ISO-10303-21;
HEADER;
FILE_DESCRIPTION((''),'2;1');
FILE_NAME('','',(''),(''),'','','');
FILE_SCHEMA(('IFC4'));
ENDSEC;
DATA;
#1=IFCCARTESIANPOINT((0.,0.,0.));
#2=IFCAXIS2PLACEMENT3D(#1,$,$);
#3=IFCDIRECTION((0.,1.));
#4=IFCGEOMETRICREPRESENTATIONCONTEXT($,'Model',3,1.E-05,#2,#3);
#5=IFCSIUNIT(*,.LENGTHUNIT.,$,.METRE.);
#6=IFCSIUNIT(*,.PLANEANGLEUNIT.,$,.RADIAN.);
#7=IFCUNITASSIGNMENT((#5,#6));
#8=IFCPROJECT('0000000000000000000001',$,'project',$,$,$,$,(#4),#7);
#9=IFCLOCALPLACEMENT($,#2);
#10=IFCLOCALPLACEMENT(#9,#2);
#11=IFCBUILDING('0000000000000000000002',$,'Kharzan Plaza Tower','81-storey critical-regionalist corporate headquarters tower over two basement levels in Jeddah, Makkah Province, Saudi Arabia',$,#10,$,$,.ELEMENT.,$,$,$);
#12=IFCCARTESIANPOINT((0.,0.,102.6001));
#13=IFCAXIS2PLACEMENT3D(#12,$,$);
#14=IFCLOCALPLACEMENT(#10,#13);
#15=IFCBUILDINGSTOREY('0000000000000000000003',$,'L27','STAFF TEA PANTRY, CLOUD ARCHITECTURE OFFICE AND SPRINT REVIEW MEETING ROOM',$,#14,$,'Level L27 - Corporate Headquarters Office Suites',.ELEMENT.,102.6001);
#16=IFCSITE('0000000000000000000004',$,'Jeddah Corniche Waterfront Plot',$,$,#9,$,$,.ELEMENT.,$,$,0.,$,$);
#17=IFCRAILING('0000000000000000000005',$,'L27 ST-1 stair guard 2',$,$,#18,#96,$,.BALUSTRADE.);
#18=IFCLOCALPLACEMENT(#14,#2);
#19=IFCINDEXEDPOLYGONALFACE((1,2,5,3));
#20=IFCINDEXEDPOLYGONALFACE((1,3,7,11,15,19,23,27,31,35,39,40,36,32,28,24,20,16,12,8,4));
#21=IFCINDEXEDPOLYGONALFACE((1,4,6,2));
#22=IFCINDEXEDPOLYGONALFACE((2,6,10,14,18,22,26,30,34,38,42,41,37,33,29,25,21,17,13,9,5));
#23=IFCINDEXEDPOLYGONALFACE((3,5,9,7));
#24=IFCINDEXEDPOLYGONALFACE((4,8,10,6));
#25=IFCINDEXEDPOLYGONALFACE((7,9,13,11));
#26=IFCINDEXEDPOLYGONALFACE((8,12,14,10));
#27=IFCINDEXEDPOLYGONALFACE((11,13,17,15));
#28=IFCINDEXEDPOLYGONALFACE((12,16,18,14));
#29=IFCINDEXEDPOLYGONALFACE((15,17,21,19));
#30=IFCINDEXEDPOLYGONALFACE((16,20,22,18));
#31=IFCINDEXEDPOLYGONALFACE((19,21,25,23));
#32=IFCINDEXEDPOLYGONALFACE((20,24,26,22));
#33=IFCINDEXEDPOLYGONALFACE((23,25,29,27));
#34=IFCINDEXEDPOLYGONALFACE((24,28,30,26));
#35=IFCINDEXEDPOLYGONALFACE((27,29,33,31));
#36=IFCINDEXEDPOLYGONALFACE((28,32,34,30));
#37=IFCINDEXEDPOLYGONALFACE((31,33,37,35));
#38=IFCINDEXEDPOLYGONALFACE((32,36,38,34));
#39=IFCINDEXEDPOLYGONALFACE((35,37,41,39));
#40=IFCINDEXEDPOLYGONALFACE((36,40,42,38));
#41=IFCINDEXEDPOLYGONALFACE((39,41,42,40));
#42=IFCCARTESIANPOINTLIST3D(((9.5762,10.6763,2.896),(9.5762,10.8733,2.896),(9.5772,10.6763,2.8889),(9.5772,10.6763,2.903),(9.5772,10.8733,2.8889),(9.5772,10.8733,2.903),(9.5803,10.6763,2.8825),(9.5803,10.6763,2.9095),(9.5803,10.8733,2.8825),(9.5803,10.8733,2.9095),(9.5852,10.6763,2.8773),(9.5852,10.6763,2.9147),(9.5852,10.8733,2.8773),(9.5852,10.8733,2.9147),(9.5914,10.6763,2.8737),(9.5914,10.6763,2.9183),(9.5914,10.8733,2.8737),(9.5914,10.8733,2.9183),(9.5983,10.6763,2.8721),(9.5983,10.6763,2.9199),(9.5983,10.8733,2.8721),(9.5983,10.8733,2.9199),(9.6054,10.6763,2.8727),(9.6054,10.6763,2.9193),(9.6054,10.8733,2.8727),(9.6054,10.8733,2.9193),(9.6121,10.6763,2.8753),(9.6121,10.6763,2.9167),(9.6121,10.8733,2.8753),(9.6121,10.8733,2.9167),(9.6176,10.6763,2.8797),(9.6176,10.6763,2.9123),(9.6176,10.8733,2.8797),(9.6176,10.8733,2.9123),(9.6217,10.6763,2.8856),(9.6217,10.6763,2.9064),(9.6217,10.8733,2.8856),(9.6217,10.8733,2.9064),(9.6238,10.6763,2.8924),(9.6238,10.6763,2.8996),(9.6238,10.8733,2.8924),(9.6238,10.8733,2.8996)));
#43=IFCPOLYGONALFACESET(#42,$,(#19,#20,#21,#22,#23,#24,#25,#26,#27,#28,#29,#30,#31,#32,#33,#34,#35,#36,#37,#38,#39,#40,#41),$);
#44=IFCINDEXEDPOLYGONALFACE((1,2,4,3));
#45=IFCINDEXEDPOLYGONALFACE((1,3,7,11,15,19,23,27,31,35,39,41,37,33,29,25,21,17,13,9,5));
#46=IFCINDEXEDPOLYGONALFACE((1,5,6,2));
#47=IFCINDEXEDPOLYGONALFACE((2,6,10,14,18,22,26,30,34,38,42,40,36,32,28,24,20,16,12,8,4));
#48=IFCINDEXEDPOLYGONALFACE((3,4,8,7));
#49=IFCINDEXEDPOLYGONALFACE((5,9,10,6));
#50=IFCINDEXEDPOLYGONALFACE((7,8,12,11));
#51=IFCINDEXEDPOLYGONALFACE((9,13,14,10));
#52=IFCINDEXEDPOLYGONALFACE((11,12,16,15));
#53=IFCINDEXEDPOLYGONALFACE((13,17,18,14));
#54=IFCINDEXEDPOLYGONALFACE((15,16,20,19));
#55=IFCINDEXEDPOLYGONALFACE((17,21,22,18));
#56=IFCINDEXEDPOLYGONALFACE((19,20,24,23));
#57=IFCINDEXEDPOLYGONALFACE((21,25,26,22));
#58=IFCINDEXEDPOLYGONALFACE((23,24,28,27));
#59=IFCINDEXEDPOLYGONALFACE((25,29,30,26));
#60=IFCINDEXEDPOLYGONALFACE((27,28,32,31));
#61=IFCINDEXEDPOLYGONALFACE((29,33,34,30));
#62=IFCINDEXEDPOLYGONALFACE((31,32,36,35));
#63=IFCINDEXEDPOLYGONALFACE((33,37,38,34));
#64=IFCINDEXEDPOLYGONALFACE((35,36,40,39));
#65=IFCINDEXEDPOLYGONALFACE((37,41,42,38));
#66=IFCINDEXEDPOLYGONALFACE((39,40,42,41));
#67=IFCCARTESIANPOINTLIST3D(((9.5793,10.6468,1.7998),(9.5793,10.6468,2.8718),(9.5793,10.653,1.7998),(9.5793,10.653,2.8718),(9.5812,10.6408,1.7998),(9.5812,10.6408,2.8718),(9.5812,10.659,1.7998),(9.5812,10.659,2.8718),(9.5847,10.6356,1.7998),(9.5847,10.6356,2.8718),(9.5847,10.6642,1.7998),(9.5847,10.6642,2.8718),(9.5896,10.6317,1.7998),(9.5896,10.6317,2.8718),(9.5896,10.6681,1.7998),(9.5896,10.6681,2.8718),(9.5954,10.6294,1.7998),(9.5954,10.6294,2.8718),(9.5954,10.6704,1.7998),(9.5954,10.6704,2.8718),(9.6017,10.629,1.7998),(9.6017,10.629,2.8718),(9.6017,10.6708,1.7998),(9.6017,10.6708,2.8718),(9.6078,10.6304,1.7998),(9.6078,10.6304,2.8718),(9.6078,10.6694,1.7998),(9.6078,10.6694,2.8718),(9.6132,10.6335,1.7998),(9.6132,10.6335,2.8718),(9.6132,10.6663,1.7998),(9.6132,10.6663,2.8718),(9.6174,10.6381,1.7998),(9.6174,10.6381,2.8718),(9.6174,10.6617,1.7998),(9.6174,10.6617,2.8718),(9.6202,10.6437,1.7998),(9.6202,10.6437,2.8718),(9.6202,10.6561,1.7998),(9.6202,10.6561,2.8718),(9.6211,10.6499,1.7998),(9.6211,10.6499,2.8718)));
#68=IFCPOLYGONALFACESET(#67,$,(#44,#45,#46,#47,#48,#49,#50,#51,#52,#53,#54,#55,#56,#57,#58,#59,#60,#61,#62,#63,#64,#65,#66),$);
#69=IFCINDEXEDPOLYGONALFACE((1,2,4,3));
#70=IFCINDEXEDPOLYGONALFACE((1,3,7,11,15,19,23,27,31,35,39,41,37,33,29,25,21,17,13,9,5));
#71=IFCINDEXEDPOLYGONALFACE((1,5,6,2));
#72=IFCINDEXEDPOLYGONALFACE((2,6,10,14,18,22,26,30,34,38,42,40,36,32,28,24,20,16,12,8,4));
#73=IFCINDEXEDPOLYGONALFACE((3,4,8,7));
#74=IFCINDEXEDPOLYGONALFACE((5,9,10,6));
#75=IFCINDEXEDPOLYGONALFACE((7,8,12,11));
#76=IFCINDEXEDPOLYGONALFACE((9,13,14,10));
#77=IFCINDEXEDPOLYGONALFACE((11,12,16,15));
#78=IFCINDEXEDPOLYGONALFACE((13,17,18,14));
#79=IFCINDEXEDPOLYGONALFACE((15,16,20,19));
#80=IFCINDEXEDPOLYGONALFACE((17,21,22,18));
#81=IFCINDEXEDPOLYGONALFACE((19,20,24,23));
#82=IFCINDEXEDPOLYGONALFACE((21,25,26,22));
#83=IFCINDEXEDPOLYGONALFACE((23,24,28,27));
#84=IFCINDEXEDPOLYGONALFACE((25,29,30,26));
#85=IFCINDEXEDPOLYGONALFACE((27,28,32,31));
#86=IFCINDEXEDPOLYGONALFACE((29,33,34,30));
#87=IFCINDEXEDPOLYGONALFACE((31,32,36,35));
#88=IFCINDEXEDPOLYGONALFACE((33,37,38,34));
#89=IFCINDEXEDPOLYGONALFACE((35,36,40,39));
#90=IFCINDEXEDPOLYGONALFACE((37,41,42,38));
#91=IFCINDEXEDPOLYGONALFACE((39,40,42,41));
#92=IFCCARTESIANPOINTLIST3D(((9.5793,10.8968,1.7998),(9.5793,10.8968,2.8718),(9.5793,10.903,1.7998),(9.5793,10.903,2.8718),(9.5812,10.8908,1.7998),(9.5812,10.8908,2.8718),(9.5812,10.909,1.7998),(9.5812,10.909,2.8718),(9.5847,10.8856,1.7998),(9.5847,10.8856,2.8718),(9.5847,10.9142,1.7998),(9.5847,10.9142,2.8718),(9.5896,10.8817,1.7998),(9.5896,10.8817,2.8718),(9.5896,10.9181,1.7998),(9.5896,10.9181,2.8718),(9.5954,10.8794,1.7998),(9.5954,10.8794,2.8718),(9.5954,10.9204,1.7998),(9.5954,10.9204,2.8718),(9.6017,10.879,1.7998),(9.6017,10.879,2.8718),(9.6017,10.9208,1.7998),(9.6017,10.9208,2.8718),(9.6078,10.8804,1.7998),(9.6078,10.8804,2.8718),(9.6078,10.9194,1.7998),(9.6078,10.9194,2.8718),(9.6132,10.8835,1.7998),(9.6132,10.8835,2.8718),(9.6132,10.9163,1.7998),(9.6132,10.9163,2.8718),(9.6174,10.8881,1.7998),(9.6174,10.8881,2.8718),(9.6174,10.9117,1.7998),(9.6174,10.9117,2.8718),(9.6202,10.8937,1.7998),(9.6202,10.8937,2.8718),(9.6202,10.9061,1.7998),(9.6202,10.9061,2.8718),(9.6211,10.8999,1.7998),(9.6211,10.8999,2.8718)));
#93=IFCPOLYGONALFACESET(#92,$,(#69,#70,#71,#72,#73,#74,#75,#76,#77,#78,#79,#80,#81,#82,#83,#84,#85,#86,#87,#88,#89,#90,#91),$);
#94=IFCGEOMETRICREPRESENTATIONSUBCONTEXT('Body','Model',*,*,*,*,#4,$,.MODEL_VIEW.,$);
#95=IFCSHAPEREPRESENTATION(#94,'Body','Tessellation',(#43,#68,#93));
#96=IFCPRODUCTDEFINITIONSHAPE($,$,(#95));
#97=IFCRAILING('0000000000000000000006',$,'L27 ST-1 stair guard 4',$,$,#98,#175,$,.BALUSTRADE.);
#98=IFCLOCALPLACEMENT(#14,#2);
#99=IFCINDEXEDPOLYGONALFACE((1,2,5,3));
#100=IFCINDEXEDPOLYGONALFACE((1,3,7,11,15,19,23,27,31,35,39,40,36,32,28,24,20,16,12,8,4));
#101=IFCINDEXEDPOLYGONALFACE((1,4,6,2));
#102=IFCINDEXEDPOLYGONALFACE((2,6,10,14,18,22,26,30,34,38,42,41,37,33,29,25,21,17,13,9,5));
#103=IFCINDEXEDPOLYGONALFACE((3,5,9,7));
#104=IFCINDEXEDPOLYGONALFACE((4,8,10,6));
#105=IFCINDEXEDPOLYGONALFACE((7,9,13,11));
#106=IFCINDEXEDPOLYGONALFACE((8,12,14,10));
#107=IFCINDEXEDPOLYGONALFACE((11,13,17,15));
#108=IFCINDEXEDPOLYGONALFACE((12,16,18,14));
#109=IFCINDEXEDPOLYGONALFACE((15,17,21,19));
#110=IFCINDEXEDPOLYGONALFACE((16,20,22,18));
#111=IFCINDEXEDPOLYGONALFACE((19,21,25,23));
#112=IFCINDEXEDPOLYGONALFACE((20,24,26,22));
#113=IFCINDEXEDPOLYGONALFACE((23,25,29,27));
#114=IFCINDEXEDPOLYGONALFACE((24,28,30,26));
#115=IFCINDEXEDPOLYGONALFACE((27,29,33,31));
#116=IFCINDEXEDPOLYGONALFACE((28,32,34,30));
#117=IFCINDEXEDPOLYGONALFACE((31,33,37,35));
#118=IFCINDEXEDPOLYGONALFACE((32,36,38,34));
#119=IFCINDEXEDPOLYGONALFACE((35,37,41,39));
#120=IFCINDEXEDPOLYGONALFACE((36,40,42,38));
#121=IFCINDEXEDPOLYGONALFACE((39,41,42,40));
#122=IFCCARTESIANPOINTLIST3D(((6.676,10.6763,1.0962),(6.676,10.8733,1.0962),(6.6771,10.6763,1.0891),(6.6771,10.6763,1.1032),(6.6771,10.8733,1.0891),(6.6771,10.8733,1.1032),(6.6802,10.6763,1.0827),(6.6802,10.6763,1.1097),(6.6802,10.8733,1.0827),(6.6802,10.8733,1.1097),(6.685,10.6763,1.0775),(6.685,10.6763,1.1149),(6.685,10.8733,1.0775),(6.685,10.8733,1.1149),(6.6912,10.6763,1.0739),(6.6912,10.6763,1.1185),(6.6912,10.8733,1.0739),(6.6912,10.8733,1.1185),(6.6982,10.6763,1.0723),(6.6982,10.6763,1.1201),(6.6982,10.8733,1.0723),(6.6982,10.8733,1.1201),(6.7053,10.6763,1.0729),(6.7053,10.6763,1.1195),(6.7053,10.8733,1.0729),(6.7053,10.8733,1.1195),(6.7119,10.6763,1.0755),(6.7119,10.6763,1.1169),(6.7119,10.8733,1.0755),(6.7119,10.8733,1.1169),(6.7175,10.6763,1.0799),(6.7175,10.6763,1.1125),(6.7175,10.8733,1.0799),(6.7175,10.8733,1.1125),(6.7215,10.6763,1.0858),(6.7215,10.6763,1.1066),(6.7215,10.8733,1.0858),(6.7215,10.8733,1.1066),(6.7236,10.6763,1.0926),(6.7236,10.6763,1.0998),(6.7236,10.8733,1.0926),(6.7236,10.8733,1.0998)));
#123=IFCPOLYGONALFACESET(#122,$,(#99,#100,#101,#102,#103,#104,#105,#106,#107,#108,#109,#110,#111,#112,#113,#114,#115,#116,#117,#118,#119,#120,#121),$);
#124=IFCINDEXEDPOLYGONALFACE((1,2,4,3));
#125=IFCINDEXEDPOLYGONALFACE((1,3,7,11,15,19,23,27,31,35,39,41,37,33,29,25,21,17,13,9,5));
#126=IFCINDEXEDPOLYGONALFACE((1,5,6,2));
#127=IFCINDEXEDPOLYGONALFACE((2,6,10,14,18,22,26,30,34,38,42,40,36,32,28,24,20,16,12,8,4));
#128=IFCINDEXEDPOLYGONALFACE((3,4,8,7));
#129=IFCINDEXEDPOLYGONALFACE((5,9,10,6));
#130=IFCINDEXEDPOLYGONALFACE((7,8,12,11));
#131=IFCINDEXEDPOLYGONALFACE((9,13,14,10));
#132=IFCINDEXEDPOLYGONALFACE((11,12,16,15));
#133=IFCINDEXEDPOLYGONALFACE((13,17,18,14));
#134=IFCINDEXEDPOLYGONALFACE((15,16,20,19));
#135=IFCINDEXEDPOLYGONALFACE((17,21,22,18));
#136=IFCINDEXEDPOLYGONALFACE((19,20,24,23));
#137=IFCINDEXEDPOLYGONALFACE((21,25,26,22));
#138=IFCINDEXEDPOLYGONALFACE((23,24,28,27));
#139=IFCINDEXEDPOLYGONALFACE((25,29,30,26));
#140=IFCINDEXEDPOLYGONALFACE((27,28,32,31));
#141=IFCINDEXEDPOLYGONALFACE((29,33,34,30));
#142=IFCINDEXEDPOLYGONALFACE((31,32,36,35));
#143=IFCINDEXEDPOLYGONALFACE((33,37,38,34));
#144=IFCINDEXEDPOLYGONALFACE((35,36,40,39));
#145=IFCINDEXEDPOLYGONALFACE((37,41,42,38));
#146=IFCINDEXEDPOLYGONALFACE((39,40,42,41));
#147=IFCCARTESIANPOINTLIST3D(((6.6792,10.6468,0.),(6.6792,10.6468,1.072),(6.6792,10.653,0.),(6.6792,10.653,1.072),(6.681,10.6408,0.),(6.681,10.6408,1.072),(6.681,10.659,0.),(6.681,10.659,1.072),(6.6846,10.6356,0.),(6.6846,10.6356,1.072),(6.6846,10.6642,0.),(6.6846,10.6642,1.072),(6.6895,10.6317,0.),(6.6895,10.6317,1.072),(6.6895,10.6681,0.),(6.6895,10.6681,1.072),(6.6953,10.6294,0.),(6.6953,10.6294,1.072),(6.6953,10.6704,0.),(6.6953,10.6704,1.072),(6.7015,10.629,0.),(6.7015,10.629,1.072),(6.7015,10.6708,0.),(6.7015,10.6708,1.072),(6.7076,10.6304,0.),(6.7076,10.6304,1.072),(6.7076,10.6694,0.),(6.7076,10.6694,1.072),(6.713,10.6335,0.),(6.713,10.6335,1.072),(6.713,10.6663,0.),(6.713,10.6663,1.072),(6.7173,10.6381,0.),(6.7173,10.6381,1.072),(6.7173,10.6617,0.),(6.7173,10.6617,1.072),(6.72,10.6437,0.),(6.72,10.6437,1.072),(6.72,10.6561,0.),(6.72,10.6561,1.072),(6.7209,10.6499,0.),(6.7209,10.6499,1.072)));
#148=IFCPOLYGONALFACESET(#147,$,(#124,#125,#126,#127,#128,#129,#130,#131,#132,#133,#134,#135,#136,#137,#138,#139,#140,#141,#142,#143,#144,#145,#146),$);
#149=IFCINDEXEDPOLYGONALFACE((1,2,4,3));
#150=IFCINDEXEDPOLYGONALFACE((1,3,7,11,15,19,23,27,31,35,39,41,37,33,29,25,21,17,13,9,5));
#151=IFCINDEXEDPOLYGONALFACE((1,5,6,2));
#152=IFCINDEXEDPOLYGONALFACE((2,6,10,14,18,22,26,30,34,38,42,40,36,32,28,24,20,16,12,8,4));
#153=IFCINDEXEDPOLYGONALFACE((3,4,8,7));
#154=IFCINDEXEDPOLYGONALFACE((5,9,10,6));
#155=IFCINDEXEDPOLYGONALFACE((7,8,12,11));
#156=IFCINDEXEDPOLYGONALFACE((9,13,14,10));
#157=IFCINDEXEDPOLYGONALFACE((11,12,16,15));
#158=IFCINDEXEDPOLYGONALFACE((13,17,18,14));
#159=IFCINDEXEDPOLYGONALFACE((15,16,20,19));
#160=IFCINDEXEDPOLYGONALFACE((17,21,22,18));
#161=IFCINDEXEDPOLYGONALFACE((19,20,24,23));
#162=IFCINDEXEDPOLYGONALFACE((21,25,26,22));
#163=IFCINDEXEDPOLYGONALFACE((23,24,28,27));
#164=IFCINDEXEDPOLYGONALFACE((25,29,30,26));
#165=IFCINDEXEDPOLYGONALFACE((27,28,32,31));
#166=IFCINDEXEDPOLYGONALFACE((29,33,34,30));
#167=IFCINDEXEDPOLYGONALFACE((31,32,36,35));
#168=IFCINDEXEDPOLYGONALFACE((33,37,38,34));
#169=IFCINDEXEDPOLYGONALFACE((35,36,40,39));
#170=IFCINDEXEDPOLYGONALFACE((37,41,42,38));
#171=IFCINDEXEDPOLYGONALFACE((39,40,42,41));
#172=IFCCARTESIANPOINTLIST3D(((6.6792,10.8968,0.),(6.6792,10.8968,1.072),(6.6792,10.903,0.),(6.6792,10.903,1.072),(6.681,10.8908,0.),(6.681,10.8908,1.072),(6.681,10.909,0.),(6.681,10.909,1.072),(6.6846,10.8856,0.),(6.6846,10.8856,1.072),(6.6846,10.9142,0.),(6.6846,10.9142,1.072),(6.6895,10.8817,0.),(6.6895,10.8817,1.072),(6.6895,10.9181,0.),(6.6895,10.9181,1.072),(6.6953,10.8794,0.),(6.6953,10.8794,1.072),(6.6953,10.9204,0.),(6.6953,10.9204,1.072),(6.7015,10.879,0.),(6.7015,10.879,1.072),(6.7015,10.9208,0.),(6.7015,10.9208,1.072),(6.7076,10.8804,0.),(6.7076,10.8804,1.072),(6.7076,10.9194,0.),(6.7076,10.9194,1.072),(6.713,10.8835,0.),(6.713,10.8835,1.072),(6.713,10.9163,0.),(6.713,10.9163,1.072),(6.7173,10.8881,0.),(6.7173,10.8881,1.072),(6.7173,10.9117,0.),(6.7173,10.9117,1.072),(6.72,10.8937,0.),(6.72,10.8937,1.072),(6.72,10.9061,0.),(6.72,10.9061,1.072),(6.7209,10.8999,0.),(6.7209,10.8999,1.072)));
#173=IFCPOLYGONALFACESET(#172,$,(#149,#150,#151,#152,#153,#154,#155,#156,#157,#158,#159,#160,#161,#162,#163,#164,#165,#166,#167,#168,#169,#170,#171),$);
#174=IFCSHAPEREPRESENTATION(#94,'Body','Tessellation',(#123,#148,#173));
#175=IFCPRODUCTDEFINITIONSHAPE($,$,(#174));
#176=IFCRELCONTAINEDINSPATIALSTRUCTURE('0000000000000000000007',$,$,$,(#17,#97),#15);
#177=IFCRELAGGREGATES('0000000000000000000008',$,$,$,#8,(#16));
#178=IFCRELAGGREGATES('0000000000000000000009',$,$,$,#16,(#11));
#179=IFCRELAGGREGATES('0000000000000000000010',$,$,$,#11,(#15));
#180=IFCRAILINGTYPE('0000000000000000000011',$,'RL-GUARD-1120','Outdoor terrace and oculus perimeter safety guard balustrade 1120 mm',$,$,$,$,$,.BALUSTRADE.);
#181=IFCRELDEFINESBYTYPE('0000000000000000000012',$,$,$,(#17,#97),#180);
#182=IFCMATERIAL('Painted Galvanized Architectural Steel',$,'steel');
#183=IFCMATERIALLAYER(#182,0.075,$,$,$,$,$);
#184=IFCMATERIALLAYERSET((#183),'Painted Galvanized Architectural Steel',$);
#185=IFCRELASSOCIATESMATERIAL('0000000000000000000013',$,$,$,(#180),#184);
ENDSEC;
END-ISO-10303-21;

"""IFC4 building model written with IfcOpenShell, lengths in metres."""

from ifc_helpers import new_model, si_unit, direction, frame, origin, origin_2d, place, context, subcontext, project, spatial, circle, extrude, source, transform, mapped, material, layer, layer_set, type_object, element, save


model = new_model("IFC4")

# Units and contexts
model_context = context("Model", 3, precision=1e-05, world=origin(), true_north=direction((0.0, 1.0)))
body_context = subcontext(model_context, "Body", "Model", "MODEL_VIEW")
ifc_project = project(units=[si_unit("LENGTHUNIT", "METRE"), si_unit("PLANEANGLEUNIT", "RADIAN")], contexts=[model_context])

# Site, building, storey
site_placement = place(None, origin())
site = spatial("IfcSite", under=ifc_project, at=site_placement, Name="Jeddah Corniche Waterfront Plot", CompositionType="ELEMENT", RefElevation=0.0)
building_placement = place(site_placement, origin())
building = spatial("IfcBuilding", under=site, at=building_placement, Name="Kharzan Plaza Tower", Description="81-storey critical-regionalist corporate headquarters tower over two basement levels in Jeddah, Makkah Province, Saudi Arabia", CompositionType="ELEMENT")
storey_placement = place(building_placement, frame((0.0, 0.0, 102.6001)))
storey = spatial("IfcBuildingStorey", under=building, at=storey_placement, Name="L27", Description="STAFF TEA PANTRY, CLOUD ARCHITECTURE OFFICE AND SPRINT REVIEW MEETING ROOM", LongName="Level L27 - Corporate Headquarters Office Suites", CompositionType="ELEMENT", Elevation=102.6001)

# Railings
ifc_material_1 = material(Name="Painted Galvanized Architectural Steel", Category="steel")
ifc_layer_1 = layer(ifc_material_1, 0.075)
ifc_layer_set_1 = layer_set([ifc_layer_1], Name="Painted Galvanized Architectural Steel")
railing_type_1 = type_object("IfcRailingType", Name="RL-GUARD-1120", Description="Outdoor terrace and oculus perimeter safety guard balustrade 1120 mm", PredefinedType="BALUSTRADE", material=ifc_layer_set_1)
shared_shape_1 = source(origin(), body_context, "Body", "SweptSolid", [
    extrude(circle(Radius=0.0239, at=origin_2d()), frame((0.0, 0.0264, 1.0962), z_axis=(0.0, 1.0, 0.0), x_axis=(-1.0, 0.0, 0.0)), (0.0, 0.0, 1.0), 0.197),
    extrude(circle(Radius=0.021, at=origin_2d()), origin(), (0.0, 0.0, 1.0), 1.072),
    extrude(circle(Radius=0.021, at=origin_2d()), frame((0.0, 0.25, 0.0)), (0.0, 0.0, 1.0), 1.072),
])
for number, where, name in (
    (1, (9.6001, 10.6499, 1.7998), "L27 ST-1 stair guard 2"),
    (2, (6.7, 10.6499, 0.0), "L27 ST-1 stair guard 4"),
):
    element("IfcRailing", number, at=place(storey_placement, frame(where)), inside=storey, type_object=railing_type_1, Name=name, PredefinedType="BALUSTRADE", context=body_context, shape_type="MappedRepresentation", body=[
        mapped(shared_shape_1, transform((0.0, 0.0, 0.0), x_axis=(1.0, 0.0, 0.0), y_axis=(0.0, 1.0, 0.0), z_axis=(0.0, 0.0, 1.0))),
    ])

save(model, "model.ifc")
